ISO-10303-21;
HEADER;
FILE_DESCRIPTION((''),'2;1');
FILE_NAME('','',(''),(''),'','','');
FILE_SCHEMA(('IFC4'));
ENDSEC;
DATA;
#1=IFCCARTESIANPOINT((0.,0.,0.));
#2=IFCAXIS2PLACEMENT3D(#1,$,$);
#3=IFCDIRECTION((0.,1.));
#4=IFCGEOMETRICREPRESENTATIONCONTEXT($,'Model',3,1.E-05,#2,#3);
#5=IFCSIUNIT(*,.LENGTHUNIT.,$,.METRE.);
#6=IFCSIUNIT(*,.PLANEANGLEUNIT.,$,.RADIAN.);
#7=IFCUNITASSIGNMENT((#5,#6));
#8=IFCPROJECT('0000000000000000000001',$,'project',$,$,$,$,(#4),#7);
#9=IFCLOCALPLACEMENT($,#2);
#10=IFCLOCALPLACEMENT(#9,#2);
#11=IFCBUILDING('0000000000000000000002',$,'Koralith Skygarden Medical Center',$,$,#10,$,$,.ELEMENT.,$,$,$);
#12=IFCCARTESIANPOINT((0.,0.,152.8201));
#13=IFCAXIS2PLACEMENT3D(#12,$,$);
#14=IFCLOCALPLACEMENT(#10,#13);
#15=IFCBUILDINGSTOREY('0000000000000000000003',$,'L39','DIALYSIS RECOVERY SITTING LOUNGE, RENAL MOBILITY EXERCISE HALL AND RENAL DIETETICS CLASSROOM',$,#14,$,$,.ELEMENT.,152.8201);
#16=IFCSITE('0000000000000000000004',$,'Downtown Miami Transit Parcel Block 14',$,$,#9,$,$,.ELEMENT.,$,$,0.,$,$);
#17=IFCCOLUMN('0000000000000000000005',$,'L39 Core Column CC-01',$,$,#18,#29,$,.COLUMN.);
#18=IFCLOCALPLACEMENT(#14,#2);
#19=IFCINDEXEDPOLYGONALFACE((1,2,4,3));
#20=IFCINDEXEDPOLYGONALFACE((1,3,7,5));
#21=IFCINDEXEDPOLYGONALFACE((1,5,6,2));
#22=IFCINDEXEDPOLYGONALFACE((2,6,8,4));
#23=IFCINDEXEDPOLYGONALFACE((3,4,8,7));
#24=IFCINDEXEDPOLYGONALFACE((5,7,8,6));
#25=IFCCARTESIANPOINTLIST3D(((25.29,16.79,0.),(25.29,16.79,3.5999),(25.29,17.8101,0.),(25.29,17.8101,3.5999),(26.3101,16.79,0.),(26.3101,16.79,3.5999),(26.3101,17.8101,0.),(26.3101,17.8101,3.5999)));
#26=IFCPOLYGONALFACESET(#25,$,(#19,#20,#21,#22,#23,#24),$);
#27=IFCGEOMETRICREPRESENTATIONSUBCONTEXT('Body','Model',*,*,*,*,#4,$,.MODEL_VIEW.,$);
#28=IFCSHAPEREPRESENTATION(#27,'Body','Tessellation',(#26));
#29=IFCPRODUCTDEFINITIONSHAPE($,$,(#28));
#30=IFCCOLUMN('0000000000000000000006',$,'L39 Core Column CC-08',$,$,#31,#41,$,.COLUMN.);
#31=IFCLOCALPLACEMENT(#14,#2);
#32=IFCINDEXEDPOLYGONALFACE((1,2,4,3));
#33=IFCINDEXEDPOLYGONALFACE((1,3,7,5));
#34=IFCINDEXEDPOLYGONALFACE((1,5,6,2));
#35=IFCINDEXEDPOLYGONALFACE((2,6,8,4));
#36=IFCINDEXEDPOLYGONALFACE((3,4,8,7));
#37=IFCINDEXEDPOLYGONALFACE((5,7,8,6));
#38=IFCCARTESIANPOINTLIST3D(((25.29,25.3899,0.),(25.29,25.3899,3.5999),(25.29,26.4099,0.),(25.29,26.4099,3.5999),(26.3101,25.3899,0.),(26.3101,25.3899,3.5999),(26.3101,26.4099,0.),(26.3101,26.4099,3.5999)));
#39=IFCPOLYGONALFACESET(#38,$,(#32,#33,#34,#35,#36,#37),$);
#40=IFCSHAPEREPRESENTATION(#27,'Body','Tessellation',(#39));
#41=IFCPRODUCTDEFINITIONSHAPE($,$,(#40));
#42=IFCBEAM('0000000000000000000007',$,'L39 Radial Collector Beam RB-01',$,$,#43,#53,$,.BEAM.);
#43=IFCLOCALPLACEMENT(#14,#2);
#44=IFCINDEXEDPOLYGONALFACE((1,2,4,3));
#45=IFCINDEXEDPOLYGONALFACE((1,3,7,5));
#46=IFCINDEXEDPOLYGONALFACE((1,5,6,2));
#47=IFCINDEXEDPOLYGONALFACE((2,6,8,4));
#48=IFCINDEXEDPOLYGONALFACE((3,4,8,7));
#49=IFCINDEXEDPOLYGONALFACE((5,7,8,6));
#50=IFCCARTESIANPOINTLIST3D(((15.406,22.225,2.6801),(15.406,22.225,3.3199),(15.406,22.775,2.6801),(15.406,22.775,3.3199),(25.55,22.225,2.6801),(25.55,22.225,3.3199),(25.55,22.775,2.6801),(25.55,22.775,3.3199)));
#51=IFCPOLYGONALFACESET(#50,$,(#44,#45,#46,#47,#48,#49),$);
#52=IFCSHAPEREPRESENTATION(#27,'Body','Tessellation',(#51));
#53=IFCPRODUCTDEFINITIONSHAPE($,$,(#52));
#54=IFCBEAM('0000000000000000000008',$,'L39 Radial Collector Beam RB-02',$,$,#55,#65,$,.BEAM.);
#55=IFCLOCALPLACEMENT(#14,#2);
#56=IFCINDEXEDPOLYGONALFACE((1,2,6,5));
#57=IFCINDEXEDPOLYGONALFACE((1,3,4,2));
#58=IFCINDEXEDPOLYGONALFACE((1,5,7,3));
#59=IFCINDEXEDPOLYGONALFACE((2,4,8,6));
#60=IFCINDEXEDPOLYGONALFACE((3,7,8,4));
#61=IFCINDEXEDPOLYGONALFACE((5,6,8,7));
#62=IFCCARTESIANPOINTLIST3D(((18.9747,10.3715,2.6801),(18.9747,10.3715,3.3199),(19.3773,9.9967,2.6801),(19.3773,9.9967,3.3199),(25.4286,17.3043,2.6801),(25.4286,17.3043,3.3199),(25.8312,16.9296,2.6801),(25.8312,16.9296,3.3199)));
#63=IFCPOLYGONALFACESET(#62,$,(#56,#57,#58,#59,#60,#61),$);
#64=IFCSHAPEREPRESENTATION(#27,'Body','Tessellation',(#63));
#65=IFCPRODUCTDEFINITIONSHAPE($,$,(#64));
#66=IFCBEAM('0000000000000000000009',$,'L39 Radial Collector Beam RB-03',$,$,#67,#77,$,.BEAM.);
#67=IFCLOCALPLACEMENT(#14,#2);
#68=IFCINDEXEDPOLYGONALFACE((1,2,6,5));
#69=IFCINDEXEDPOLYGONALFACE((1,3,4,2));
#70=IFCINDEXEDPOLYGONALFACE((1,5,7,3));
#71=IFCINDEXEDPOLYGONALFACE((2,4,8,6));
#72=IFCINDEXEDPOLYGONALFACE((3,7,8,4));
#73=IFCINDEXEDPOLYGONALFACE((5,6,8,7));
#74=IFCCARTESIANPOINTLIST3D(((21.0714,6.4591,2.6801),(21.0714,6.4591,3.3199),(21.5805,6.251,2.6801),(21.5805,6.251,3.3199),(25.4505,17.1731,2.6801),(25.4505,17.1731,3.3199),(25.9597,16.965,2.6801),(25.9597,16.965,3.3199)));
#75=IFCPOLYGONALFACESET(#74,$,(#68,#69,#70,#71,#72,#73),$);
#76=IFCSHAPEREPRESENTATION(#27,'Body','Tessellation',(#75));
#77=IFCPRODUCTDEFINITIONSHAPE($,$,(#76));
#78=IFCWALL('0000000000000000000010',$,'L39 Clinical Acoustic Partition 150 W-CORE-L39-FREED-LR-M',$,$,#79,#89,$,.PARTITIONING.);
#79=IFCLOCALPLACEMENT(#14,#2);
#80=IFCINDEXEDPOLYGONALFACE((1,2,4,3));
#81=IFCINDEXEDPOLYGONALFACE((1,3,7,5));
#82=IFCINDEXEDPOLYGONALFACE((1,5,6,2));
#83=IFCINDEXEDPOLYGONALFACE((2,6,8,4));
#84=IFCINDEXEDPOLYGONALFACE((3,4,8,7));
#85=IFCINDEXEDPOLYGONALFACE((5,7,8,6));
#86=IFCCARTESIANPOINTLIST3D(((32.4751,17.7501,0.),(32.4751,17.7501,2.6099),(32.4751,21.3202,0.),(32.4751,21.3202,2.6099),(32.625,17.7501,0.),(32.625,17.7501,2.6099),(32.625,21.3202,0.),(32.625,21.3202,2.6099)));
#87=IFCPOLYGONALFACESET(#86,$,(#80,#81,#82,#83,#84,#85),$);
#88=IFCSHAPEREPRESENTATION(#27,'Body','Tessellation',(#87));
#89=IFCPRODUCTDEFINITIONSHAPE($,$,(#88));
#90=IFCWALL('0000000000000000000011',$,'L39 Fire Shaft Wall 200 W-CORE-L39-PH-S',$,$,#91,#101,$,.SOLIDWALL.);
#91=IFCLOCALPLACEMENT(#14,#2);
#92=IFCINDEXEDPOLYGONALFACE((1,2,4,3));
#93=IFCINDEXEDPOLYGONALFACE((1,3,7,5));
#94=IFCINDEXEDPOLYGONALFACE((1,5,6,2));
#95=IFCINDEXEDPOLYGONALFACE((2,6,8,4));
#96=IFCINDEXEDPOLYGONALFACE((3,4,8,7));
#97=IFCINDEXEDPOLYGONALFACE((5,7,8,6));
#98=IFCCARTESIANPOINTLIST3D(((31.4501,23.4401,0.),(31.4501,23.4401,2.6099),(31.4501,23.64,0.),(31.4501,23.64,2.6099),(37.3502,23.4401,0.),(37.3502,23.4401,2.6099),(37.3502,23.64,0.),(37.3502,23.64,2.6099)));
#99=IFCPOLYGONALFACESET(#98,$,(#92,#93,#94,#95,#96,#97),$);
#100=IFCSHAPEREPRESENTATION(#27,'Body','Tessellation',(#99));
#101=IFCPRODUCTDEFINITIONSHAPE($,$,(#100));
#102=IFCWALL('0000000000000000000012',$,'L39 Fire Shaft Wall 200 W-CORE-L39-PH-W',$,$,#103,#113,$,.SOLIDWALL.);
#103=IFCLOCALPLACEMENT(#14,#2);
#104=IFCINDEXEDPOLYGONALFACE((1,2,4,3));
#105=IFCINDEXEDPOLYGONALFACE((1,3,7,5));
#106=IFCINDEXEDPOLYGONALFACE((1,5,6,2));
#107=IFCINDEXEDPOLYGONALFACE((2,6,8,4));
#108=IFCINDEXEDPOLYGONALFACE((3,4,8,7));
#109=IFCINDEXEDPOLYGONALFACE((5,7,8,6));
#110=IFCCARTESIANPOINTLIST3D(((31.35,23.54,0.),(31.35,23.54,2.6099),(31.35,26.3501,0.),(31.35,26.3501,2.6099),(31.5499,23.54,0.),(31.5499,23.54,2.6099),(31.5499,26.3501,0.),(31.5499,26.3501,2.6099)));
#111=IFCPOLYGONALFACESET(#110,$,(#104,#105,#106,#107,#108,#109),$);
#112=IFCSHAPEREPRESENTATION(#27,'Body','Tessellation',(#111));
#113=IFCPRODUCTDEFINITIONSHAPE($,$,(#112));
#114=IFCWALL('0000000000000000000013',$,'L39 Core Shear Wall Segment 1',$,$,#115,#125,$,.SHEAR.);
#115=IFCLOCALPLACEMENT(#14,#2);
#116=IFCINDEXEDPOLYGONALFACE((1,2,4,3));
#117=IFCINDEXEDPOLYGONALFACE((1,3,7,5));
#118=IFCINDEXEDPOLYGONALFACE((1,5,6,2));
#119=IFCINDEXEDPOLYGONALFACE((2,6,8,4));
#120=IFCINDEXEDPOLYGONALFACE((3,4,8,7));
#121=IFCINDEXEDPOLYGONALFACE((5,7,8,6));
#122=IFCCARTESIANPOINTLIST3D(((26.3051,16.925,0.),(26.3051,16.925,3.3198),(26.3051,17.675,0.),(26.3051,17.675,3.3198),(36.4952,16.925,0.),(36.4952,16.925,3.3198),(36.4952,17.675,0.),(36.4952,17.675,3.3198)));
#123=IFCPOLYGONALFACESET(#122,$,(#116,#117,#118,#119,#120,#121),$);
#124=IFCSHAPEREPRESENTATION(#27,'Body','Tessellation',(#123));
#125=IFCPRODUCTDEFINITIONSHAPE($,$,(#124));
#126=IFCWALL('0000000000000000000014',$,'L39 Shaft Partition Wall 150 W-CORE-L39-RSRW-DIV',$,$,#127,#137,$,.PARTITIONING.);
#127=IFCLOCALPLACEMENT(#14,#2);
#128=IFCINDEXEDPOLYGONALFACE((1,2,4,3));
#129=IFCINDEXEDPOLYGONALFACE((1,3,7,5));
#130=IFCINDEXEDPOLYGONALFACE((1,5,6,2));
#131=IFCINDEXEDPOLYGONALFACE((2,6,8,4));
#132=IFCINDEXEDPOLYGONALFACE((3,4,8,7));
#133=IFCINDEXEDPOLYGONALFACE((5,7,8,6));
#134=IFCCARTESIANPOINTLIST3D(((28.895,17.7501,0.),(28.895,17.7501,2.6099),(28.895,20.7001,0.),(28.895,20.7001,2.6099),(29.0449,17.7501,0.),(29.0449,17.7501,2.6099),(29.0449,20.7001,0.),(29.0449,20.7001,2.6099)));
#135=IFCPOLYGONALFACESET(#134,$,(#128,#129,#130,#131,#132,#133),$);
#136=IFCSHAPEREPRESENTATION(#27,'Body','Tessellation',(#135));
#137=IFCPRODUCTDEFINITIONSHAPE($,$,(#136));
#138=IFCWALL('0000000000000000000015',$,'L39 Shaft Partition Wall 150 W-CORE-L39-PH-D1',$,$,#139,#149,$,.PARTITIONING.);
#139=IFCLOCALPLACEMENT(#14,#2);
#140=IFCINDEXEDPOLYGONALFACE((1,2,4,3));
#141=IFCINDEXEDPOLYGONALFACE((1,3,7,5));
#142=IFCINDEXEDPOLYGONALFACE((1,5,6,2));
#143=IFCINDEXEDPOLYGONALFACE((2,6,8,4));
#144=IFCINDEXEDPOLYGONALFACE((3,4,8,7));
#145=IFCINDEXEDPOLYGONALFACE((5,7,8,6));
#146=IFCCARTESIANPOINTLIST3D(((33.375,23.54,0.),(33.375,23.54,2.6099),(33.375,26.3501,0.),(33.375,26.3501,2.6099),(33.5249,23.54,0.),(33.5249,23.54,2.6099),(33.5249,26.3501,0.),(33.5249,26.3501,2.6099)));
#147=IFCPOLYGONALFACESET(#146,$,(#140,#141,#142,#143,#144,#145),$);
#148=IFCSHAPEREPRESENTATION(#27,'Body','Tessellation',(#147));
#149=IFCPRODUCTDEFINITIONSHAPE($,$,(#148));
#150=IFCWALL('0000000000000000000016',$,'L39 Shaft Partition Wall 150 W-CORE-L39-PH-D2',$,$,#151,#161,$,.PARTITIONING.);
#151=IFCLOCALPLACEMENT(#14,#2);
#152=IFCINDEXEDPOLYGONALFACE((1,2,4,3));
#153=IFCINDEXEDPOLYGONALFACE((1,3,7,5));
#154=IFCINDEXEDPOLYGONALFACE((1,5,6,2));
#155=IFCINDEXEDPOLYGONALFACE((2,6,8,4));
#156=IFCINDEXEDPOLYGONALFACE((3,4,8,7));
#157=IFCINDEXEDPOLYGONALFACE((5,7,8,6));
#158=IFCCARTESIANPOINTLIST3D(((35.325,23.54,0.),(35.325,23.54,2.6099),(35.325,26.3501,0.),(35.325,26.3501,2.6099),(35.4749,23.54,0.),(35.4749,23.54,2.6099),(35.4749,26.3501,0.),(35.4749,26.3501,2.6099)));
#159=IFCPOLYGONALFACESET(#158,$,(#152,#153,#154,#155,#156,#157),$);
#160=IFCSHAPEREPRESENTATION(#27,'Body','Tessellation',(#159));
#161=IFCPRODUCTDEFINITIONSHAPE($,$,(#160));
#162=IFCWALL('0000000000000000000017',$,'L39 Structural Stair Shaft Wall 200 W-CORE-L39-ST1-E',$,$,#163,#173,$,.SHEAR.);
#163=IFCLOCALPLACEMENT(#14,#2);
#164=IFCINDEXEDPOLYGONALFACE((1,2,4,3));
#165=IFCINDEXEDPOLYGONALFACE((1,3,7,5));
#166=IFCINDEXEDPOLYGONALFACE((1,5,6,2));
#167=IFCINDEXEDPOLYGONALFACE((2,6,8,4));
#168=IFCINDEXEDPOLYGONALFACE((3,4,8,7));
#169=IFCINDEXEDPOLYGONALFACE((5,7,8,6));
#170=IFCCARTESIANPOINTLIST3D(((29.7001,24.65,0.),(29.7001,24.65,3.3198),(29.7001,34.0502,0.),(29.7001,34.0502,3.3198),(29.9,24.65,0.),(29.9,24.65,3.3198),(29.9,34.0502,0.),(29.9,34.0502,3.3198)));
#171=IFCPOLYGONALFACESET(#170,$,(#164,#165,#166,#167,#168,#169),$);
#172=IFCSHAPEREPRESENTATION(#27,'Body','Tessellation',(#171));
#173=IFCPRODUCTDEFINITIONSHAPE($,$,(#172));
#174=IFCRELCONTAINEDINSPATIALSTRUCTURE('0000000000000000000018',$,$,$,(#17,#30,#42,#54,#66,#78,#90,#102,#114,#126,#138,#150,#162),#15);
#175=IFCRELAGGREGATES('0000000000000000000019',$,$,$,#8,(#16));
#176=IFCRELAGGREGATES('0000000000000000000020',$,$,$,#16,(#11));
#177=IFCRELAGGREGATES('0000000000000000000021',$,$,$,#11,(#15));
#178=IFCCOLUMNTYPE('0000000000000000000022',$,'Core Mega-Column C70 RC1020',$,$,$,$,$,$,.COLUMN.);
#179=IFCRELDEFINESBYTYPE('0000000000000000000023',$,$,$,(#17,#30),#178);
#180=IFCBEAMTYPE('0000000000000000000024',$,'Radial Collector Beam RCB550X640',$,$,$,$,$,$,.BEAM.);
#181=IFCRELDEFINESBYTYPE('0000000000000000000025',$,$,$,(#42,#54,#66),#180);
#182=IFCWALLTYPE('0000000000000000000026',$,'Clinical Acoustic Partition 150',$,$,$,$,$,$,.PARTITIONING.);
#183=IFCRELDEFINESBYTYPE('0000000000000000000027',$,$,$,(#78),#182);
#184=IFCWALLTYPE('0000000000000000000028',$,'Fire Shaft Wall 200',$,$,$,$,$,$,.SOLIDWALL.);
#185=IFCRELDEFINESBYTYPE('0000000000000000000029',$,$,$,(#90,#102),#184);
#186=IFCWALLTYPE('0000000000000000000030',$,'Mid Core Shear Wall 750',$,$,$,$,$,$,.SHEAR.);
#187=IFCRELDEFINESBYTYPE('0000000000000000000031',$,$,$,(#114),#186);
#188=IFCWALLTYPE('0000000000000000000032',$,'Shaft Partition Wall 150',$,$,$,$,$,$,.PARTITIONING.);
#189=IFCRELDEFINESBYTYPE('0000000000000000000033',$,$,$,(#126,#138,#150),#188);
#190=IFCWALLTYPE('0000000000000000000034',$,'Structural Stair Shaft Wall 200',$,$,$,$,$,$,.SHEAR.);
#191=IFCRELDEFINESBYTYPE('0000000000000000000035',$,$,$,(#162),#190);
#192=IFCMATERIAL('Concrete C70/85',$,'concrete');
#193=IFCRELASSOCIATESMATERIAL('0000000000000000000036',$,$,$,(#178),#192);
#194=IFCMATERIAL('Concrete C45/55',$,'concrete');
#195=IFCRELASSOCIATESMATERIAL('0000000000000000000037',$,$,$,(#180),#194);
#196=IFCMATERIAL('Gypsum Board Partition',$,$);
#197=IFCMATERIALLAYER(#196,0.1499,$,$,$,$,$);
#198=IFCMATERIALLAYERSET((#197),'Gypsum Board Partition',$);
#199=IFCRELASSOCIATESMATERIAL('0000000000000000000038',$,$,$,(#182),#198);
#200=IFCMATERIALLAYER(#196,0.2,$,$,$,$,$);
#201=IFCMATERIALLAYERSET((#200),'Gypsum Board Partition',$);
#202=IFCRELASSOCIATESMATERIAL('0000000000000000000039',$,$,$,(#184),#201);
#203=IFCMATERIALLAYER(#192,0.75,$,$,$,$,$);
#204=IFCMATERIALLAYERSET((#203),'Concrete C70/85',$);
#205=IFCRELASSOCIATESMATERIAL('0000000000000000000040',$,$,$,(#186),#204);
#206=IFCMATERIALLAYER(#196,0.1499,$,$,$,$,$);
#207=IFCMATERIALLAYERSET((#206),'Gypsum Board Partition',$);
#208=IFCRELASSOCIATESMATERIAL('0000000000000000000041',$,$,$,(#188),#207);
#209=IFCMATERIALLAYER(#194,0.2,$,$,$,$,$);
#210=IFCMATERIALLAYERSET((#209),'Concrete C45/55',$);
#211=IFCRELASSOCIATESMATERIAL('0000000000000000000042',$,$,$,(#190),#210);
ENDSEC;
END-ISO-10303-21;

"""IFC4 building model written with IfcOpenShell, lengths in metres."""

from ifc_helpers import new_model, si_unit, direction, frame, frame_2d, origin, origin_2d, place, context, subcontext, project, spatial, rectangle, extrude, material, layer, layer_set, material_profile, profile_set, type_object, element, save


model = new_model("IFC4")

# Units and contexts
model_context = context("Model", 3, precision=1e-05, world=origin(), true_north=direction((0.0, 1.0)))
body_context = subcontext(model_context, "Body", "Model", "MODEL_VIEW")
ifc_project = project(units=[si_unit("LENGTHUNIT", "METRE"), si_unit("PLANEANGLEUNIT", "RADIAN")], contexts=[model_context])

# Site, building, storey
site_placement = place(None, origin())
site = spatial("IfcSite", under=ifc_project, at=site_placement, Name="Downtown Miami Transit Parcel Block 14", CompositionType="ELEMENT", RefElevation=0.0)
building_placement = place(site_placement, origin())
building = spatial("IfcBuilding", under=site, at=building_placement, Name="Koralith Skygarden Medical Center", CompositionType="ELEMENT")
storey_placement = place(building_placement, frame((0.0, 0.0, 152.8201)))
storey = spatial("IfcBuildingStorey", under=building, at=storey_placement, Name="L39", Description="DIALYSIS RECOVERY SITTING LOUNGE, RENAL MOBILITY EXERCISE HALL AND RENAL DIETETICS CLASSROOM", CompositionType="ELEMENT", Elevation=152.8201)

# Columns
ifc_material_1 = material(Name="Concrete C70/85", Category="concrete")
ifc_material_profile_1 = material_profile(ifc_material_1, rectangle(XDim=1.02, YDim=1.02, at=origin_2d()), Name="RC1020X1020")
ifc_profile_set_1 = profile_set([ifc_material_profile_1], Name="Concrete C70/85")
column_type = type_object("IfcColumnType", Name="Core Mega-Column C70 RC1020", PredefinedType="COLUMN", material=ifc_profile_set_1)
for number, where, z_axis, x_axis, name in (
    (1, (25.8, 17.3, 0.0), (0.0, 0.0, 1.0), (1.0, 0.0, 0.0), "L39 Core Column CC-01"),
    (2, (25.8, 25.8999, 0.0), (0.0, 0.0, 1.0), (1.0, 0.0, 0.0), "L39 Core Column CC-08"),
):
    element("IfcColumn", number, at=place(storey_placement, frame(where, z_axis=z_axis, x_axis=x_axis)), inside=storey, type_object=column_type, Name=name, PredefinedType="COLUMN", context=body_context, shape_type="SweptSolid", body=[
        extrude(rectangle(XDim=1.02, YDim=1.02, at=origin_2d()), origin(), (0.0, 0.0, 1.0), 3.5999),
    ])

# Beams
ifc_material_2 = material(Name="Concrete C45/55", Category="concrete")
ifc_material_profile_2 = material_profile(ifc_material_2, rectangle(XDim=0.55, YDim=0.6399, at=origin_2d()), Name="RCB550X640")
ifc_profile_set_2 = profile_set([ifc_material_profile_2], Name="Concrete C45/55")
beam_type = type_object("IfcBeamType", Name="Radial Collector Beam RCB550X640", PredefinedType="BEAM", material=ifc_profile_set_2)
beam_1_placement = place(storey_placement, frame((25.55, 22.5, 3.0), z_axis=(-1.0, 0.0, 0.0), x_axis=(0.0, -1.0, 0.0)))
element("IfcBeam", 3, at=beam_1_placement, inside=storey, type_object=beam_type, Name="L39 Radial Collector Beam RB-01", PredefinedType="BEAM", context=body_context, shape_type="SweptSolid", body=[
    extrude(rectangle(XDim=0.55, YDim=0.6399, at=origin_2d()), origin(), (0.0, 0.0, 1.0), 10.144),
])
beam_2_placement = place(storey_placement, frame((25.6299, 17.1169, 3.0), z_axis=(-0.681369, -0.73194, 0.0), x_axis=(0.73194, -0.681369, 0.0)))
element("IfcBeam", 4, at=beam_2_placement, inside=storey, type_object=beam_type, Name="L39 Radial Collector Beam RB-02", PredefinedType="BEAM", context=body_context, shape_type="SweptSolid", body=[
    extrude(rectangle(XDim=0.55, YDim=0.6399, at=origin_2d()), origin(), (0.0, 0.0, 1.0), 9.4719),
])
beam_3_placement = place(storey_placement, frame((25.7051, 17.0691, 3.0), z_axis=(-0.378345, -0.925665, 0.0), x_axis=(0.925665, -0.378345, 0.0)))
element("IfcBeam", 5, at=beam_3_placement, inside=storey, type_object=beam_type, Name="L39 Radial Collector Beam RB-03", PredefinedType="BEAM", context=body_context, shape_type="SweptSolid", body=[
    extrude(rectangle(XDim=0.55, YDim=0.6399, at=origin_2d()), origin(), (0.0, 0.0, 1.0), 11.5745),
])

# Shared definitions
ifc_material_3 = material(Name="Gypsum Board Partition")
ifc_layer_1 = layer(ifc_material_3, 0.1499)
ifc_layer_set_1 = layer_set([ifc_layer_1], Name="Gypsum Board Partition")
wall_type_1 = type_object("IfcWallType", Name="Clinical Acoustic Partition 150", PredefinedType="PARTITIONING", material=ifc_layer_set_1)

# Wall
wall_1_placement = place(storey_placement, frame((32.55, 17.75, 0.0), z_axis=(0.0, 0.0, 1.0), x_axis=(0.0, 1.0, 0.0)))
element("IfcWall", 6, at=wall_1_placement, inside=storey, type_object=wall_type_1, Name="L39 Clinical Acoustic Partition 150 W-CORE-L39-FREED-LR-M", PredefinedType="PARTITIONING", context=body_context, shape_type="SweptSolid", body=[
    extrude(rectangle(XDim=3.5701, YDim=0.1499, at=frame_2d((1.7852, 0.0))), origin(), (0.0, 0.0, 1.0), 2.6099),
])

# Shared definitions
ifc_layer_2 = layer(ifc_material_3, 0.2)
ifc_layer_set_2 = layer_set([ifc_layer_2], Name="Gypsum Board Partition")
wall_type_2 = type_object("IfcWallType", Name="Fire Shaft Wall 200", PredefinedType="SOLIDWALL", material=ifc_layer_set_2)

# Walls
wall_2_placement = place(storey_placement, frame((31.45, 23.54, 0.0), z_axis=(0.0, 0.0, 1.0), x_axis=(1.0, 0.0, 0.0)))
element("IfcWall", 7, at=wall_2_placement, inside=storey, type_object=wall_type_2, Name="L39 Fire Shaft Wall 200 W-CORE-L39-PH-S", PredefinedType="SOLIDWALL", context=body_context, shape_type="SweptSolid", body=[
    extrude(rectangle(XDim=5.9001, YDim=0.2, at=frame_2d((2.9502, 0.0))), origin(), (0.0, 0.0, 1.0), 2.6099),
])
wall_3_placement = place(storey_placement, frame((31.45, 23.54, 0.0), z_axis=(0.0, 0.0, 1.0), x_axis=(0.0, 1.0, 0.0)))
element("IfcWall", 8, at=wall_3_placement, inside=storey, type_object=wall_type_2, Name="L39 Fire Shaft Wall 200 W-CORE-L39-PH-W", PredefinedType="SOLIDWALL", context=body_context, shape_type="SweptSolid", body=[
    extrude(rectangle(XDim=2.8101, YDim=0.2, at=frame_2d((1.405, 0.0))), origin(), (0.0, 0.0, 1.0), 2.6099),
])
ifc_layer_3 = layer(ifc_material_1, 0.75)
ifc_layer_set_3 = layer_set([ifc_layer_3], Name="Concrete C70/85")
wall_type_3 = type_object("IfcWallType", Name="Mid Core Shear Wall 750", PredefinedType="SHEAR", material=ifc_layer_set_3)
wall_4_placement = place(storey_placement, frame((26.3049, 17.3, 0.0), z_axis=(0.0, 0.0, 1.0), x_axis=(1.0, 0.0, 0.0)))
element("IfcWall", 9, at=wall_4_placement, inside=storey, type_object=wall_type_3, Name="L39 Core Shear Wall Segment 1", PredefinedType="SHEAR", context=body_context, shape_type="SweptSolid", body=[
    extrude(rectangle(XDim=10.1902, YDim=0.75, at=frame_2d((5.0952, 0.0))), origin(), (0.0, 0.0, 1.0), 3.3198),
])

# Walls
ifc_layer_4 = layer(ifc_material_3, 0.1499)
ifc_layer_set_4 = layer_set([ifc_layer_4], Name="Gypsum Board Partition")
wall_type_4 = type_object("IfcWallType", Name="Shaft Partition Wall 150", PredefinedType="PARTITIONING", material=ifc_layer_set_4)
wall_5_placement = place(storey_placement, frame((28.97, 17.75, 0.0), z_axis=(0.0, 0.0, 1.0), x_axis=(0.0, 1.0, 0.0)))
element("IfcWall", 10, at=wall_5_placement, inside=storey, type_object=wall_type_4, Name="L39 Shaft Partition Wall 150 W-CORE-L39-RSRW-DIV", PredefinedType="PARTITIONING", context=body_context, shape_type="SweptSolid", body=[
    extrude(rectangle(XDim=2.95, YDim=0.1499, at=frame_2d((1.4751, 0.0))), origin(), (0.0, 0.0, 1.0), 2.6099),
])
for number, where, z_axis, x_axis, name in (
    (11, (33.45, 23.54, 0.0), (0.0, 0.0, 1.0), (0.0, 1.0, 0.0), "L39 Shaft Partition Wall 150 W-CORE-L39-PH-D1"),
    (12, (35.3999, 23.54, 0.0), (0.0, 0.0, 1.0), (0.0, 1.0, 0.0), "L39 Shaft Partition Wall 150 W-CORE-L39-PH-D2"),
):
    element("IfcWall", number, at=place(storey_placement, frame(where, z_axis=z_axis, x_axis=x_axis)), inside=storey, type_object=wall_type_4, Name=name, PredefinedType="PARTITIONING", context=body_context, shape_type="SweptSolid", body=[
        extrude(rectangle(XDim=2.8101, YDim=0.1499, at=frame_2d((1.405, 0.0))), origin(), (0.0, 0.0, 1.0), 2.6099),
    ])
ifc_layer_5 = layer(ifc_material_2, 0.2)
ifc_layer_set_5 = layer_set([ifc_layer_5], Name="Concrete C45/55")
wall_type_5 = type_object("IfcWallType", Name="Structural Stair Shaft Wall 200", PredefinedType="SHEAR", material=ifc_layer_set_5)
wall_6_placement = place(storey_placement, frame((29.8, 24.6499, 0.0), z_axis=(0.0, 0.0, 1.0), x_axis=(0.0, 1.0, 0.0)))
element("IfcWall", 13, at=wall_6_placement, inside=storey, type_object=wall_type_5, Name="L39 Structural Stair Shaft Wall 200 W-CORE-L39-ST1-E", PredefinedType="SHEAR", context=body_context, shape_type="SweptSolid", body=[
    extrude(rectangle(XDim=9.4001, YDim=0.2, at=frame_2d((4.7002, 0.0))), origin(), (0.0, 0.0, 1.0), 3.3198),
])

save(model, "model.ifc")
